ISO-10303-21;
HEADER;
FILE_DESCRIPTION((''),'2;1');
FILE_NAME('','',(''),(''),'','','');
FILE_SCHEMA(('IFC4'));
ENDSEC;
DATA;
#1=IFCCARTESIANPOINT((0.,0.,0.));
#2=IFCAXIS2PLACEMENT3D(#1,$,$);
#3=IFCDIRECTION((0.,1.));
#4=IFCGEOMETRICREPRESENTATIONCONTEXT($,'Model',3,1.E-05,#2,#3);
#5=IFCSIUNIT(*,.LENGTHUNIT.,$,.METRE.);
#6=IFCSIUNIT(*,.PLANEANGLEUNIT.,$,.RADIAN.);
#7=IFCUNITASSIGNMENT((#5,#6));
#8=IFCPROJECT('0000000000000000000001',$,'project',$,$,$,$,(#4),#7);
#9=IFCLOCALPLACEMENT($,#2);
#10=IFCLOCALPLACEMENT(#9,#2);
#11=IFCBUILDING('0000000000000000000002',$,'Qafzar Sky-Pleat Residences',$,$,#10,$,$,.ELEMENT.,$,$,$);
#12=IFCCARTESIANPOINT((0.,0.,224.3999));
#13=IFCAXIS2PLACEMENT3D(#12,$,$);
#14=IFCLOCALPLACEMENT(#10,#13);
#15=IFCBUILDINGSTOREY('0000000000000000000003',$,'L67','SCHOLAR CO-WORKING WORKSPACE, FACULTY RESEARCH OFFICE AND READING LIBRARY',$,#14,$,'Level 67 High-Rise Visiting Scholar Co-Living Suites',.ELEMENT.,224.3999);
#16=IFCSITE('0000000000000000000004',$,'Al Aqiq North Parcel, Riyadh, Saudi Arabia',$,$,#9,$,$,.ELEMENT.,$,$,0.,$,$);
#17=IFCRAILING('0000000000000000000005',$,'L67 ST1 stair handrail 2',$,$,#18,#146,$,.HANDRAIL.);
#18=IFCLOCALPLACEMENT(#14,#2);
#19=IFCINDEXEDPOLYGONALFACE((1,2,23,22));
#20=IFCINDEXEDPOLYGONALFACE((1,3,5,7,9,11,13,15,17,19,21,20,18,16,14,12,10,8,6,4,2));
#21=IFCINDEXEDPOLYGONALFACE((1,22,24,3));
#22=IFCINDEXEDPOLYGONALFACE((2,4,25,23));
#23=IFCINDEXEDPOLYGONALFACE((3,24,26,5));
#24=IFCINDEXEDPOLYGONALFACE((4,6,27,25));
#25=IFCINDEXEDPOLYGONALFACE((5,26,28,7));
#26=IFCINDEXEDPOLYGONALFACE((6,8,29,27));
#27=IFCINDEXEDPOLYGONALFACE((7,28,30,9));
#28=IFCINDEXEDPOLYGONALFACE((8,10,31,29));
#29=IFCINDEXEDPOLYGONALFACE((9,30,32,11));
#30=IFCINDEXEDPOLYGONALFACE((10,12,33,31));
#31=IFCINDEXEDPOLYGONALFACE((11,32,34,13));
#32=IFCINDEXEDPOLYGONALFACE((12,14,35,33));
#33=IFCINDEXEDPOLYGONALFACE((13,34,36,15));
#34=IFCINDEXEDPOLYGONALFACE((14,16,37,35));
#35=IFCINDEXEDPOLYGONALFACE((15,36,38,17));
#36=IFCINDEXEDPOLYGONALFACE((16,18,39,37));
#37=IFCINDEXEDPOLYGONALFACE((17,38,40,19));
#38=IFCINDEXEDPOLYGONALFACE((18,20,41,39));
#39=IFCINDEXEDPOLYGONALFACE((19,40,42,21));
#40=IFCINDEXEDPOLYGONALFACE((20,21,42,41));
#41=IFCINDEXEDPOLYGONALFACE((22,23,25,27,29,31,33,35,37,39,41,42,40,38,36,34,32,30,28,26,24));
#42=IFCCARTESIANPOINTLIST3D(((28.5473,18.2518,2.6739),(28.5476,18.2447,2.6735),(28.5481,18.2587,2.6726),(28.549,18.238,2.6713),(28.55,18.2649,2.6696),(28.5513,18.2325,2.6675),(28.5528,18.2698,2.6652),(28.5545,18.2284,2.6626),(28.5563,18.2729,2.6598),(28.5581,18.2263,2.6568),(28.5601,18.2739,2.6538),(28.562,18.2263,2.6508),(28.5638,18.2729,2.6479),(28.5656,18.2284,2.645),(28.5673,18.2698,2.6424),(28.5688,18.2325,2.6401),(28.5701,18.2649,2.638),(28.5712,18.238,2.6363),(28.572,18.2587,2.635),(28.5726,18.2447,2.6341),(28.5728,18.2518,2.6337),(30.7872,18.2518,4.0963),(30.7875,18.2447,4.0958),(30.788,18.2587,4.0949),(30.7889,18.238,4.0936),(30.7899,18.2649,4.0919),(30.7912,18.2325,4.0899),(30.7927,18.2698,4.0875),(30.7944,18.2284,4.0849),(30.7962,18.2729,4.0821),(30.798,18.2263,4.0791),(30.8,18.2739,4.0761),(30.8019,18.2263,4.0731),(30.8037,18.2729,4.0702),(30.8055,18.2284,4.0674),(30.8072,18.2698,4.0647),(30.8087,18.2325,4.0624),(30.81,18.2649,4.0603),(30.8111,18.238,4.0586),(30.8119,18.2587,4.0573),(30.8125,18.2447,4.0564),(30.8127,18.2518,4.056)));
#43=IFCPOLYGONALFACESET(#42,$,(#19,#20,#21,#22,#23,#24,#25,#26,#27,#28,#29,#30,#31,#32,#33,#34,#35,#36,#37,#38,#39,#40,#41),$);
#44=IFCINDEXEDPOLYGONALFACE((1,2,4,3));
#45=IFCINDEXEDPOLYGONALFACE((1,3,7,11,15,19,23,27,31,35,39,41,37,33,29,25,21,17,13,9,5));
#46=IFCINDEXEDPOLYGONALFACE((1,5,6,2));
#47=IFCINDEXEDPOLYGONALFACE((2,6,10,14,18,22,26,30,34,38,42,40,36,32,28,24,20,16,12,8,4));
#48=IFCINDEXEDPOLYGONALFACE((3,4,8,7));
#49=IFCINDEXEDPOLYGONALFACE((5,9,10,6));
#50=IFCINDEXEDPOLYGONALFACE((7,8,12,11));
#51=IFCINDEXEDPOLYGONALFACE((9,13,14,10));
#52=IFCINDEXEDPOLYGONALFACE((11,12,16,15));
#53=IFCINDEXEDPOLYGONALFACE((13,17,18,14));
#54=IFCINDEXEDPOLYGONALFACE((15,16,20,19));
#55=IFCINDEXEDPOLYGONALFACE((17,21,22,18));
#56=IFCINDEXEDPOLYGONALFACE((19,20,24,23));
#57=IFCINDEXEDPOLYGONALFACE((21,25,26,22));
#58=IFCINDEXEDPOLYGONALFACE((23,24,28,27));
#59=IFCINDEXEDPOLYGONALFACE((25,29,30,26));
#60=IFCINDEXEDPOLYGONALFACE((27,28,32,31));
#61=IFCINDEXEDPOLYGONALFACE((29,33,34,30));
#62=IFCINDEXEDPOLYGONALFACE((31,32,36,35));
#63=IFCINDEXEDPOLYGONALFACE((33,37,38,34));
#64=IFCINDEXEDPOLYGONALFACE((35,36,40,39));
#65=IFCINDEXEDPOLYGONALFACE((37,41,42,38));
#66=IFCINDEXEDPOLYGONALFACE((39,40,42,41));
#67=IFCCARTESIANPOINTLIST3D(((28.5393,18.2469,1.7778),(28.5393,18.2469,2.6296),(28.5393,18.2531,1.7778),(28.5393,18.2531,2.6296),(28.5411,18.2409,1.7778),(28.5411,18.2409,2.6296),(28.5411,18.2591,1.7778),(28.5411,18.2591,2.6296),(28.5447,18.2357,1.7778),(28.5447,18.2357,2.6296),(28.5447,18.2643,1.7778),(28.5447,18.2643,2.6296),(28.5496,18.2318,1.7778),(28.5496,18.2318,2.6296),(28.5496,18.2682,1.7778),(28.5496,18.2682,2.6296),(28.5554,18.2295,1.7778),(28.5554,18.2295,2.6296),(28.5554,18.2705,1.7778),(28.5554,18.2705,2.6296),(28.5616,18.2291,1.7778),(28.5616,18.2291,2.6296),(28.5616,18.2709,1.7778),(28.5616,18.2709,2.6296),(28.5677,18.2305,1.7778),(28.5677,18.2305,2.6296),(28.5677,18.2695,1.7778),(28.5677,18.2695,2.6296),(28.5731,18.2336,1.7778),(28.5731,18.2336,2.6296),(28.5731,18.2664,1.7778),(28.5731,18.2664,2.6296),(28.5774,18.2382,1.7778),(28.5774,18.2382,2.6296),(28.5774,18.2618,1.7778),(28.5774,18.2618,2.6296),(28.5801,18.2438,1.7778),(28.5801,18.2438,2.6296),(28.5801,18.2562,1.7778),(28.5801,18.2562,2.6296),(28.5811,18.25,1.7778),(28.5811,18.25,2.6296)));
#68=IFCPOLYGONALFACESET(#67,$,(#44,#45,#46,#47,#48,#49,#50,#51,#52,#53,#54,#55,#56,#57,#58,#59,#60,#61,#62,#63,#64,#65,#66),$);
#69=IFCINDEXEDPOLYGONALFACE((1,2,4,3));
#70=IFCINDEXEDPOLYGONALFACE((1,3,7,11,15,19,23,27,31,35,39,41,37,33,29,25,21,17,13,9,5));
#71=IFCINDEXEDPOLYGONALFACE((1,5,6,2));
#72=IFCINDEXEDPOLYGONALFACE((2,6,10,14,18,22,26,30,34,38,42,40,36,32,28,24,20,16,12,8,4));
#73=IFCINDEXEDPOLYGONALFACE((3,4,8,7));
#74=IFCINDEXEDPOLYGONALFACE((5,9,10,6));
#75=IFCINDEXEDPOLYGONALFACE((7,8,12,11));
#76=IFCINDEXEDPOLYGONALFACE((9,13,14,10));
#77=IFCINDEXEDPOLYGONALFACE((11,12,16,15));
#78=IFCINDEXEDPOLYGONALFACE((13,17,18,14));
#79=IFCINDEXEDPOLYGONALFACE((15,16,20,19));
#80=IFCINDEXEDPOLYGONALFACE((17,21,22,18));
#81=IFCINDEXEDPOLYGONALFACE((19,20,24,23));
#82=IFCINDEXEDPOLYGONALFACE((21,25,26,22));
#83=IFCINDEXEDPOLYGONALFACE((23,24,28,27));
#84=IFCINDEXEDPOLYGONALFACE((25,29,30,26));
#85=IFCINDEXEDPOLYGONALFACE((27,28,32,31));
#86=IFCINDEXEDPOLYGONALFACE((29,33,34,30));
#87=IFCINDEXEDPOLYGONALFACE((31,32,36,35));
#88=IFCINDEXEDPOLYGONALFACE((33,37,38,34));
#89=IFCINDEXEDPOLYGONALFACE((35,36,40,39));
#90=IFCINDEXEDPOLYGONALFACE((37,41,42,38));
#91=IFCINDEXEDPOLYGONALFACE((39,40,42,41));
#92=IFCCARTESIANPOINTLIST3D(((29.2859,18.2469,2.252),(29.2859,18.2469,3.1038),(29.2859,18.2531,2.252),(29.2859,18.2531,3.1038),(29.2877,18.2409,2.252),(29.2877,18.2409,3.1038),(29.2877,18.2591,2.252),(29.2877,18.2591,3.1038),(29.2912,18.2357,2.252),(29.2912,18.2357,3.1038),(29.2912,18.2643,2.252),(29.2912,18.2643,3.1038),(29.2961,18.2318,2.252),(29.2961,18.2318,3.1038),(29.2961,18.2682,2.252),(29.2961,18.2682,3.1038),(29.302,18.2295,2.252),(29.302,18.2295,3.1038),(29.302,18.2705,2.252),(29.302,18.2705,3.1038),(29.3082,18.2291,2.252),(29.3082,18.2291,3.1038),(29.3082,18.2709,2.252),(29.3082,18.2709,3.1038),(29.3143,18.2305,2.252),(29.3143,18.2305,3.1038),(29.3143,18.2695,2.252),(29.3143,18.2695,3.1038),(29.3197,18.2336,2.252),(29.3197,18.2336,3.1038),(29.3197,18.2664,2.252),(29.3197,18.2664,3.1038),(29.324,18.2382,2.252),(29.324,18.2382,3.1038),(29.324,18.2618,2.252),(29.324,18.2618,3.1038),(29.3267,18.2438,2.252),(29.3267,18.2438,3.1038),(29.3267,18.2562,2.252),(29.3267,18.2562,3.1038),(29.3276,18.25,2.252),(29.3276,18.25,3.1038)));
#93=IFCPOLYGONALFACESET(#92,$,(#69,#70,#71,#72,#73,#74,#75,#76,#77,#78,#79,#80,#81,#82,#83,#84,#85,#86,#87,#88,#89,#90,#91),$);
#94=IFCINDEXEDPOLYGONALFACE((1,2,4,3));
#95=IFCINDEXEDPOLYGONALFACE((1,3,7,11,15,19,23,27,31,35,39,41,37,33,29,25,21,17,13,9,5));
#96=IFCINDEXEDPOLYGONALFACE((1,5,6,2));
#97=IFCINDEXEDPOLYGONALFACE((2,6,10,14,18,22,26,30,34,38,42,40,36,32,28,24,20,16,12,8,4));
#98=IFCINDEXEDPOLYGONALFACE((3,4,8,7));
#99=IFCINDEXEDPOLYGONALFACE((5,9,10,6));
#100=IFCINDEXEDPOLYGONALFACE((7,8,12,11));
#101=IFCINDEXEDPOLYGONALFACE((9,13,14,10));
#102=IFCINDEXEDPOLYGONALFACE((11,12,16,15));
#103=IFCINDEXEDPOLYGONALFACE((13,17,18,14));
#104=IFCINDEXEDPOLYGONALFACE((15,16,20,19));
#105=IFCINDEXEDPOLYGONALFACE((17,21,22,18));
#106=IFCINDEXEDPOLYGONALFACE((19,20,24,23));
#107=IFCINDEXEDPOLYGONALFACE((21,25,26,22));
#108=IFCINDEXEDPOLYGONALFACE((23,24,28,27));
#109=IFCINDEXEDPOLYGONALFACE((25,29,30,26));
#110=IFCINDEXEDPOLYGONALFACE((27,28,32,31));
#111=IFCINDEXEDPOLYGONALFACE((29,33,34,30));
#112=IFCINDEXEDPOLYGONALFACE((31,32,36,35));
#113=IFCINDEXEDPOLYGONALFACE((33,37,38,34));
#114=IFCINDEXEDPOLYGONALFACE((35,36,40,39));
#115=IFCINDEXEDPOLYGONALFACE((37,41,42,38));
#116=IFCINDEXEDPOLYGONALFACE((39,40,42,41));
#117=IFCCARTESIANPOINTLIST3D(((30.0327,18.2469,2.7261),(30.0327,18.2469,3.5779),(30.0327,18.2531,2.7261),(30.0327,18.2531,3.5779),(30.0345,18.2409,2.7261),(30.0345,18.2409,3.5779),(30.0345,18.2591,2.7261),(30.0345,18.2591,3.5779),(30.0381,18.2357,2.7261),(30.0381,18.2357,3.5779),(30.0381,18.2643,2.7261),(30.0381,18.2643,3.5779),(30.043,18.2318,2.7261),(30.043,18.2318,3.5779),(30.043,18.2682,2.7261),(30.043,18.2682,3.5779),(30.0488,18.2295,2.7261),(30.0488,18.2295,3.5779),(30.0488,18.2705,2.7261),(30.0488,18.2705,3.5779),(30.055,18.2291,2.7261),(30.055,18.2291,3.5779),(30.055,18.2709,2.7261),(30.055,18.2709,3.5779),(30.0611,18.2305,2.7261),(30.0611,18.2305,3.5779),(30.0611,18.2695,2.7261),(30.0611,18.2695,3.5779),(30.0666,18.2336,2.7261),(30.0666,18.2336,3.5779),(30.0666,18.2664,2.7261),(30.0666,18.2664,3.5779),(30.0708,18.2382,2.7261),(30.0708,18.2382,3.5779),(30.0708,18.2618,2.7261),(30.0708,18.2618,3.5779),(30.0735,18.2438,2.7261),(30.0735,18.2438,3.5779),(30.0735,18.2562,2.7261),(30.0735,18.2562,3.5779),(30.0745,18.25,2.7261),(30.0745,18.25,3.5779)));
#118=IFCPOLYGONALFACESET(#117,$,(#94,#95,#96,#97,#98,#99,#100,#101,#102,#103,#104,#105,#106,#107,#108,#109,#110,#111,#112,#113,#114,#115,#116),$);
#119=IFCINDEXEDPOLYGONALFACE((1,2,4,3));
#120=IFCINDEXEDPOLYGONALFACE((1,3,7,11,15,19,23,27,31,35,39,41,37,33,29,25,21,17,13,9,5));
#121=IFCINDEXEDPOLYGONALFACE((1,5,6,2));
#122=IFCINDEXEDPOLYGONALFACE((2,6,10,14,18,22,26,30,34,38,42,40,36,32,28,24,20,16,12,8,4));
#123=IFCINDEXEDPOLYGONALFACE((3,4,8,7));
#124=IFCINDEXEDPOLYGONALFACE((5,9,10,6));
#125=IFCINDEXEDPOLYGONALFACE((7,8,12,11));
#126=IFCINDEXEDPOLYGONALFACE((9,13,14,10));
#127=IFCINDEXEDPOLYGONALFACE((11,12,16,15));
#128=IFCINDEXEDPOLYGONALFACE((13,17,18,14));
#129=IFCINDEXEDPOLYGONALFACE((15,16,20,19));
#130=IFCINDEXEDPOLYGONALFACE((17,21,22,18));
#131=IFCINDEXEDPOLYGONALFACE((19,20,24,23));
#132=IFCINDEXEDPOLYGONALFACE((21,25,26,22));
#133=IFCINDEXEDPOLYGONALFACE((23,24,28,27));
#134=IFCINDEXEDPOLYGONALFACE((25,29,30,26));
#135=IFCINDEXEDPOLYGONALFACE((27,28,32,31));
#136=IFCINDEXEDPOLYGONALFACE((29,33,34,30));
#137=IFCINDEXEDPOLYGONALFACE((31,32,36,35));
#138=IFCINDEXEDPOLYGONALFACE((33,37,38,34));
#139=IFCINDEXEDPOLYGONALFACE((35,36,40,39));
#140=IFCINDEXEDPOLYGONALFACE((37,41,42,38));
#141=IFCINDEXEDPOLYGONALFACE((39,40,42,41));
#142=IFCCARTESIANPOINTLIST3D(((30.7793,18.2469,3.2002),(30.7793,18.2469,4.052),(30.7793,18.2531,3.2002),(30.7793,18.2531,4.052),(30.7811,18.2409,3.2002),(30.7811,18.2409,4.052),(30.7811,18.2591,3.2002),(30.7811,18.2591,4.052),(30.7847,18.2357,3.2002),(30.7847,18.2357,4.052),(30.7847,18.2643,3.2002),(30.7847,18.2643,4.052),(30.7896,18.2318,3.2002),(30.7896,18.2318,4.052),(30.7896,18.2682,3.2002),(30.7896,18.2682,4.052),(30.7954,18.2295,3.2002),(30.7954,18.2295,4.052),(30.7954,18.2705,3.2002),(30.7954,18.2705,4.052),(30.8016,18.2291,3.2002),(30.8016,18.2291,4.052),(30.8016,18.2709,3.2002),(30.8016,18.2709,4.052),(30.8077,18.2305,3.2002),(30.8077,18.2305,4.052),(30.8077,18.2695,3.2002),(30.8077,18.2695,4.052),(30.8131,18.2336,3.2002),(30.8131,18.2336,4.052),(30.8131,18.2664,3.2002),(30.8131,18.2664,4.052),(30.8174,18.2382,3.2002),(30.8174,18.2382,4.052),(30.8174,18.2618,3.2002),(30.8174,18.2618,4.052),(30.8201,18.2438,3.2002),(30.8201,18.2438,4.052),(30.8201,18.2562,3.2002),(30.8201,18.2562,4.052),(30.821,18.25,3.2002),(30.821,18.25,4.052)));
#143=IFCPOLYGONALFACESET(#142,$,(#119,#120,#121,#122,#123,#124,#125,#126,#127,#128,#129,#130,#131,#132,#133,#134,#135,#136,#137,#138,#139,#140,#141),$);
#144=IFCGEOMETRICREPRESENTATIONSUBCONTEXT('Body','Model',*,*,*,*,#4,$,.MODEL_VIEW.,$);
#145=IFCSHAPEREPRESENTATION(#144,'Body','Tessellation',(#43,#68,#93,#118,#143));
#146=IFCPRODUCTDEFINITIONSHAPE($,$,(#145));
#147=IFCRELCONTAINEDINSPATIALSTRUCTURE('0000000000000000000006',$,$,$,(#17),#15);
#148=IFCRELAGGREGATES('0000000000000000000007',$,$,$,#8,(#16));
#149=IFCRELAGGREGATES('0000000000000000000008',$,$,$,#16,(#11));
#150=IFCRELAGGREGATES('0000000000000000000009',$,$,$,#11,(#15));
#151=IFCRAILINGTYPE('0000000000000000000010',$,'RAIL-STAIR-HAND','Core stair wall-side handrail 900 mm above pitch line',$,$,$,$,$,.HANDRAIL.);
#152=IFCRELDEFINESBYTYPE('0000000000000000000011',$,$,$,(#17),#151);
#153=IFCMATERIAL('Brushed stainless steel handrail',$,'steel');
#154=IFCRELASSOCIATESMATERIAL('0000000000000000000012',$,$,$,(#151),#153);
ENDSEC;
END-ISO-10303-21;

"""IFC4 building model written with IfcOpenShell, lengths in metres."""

from ifc_helpers import new_model, si_unit, direction, frame, origin, origin_2d, place, context, subcontext, project, spatial, circle, extrude, source, transform, mapped, material, type_object, element, save


model = new_model("IFC4")

# Units and contexts
model_context = context("Model", 3, precision=1e-05, world=origin(), true_north=direction((0.0, 1.0)))
body_context = subcontext(model_context, "Body", "Model", "MODEL_VIEW")
ifc_project = project(units=[si_unit("LENGTHUNIT", "METRE"), si_unit("PLANEANGLEUNIT", "RADIAN")], contexts=[model_context])

# Site, building, storey
site_placement = place(None, origin())
site = spatial("IfcSite", under=ifc_project, at=site_placement, Name="Al Aqiq North Parcel, Riyadh, Saudi Arabia", CompositionType="ELEMENT", RefElevation=0.0)
building_placement = place(site_placement, origin())
building = spatial("IfcBuilding", under=site, at=building_placement, Name="Qafzar Sky-Pleat Residences", CompositionType="ELEMENT")
storey_placement = place(building_placement, frame((0.0, 0.0, 224.3999)))
storey = spatial("IfcBuildingStorey", under=building, at=storey_placement, Name="L67", Description="SCHOLAR CO-WORKING WORKSPACE, FACULTY RESEARCH OFFICE AND READING LIBRARY", LongName="Level 67 High-Rise Visiting Scholar Co-Living Suites", CompositionType="ELEMENT", Elevation=224.3999)

# Railing
ifc_material_1 = material(Name="Brushed stainless steel handrail", Category="steel")
railing_type = type_object("IfcRailingType", Name="RAIL-STAIR-HAND", Description="Core stair wall-side handrail 900 mm above pitch line", PredefinedType="HANDRAIL", material=ifc_material_1)
shared_shape_1 = source(origin(), body_context, "Body", "SweptSolid", [
    extrude(circle(Radius=0.0239, at=origin_2d()), frame((0.0, 0.0, 0.876), z_axis=(0.844188, 0.0, 0.536048), x_axis=(0.0, 1.0, 0.0)), (0.0, 0.0, 1.0), 2.6533),
    extrude(circle(Radius=0.021, at=origin_2d()), origin(), (0.0, 0.0, 1.0), 0.8518),
    extrude(circle(Radius=0.021, at=origin_2d()), frame((0.7466, 0.0, 0.4741)), (0.0, 0.0, 1.0), 0.8518),
    extrude(circle(Radius=0.021, at=origin_2d()), frame((1.4934, 0.0, 0.9482)), (0.0, 0.0, 1.0), 0.8518),
    extrude(circle(Radius=0.021, at=origin_2d()), frame((2.24, 0.0, 1.4224)), (0.0, 0.0, 1.0), 0.8518),
])
railing_placement = place(storey_placement, frame((28.5601, 18.25, 1.7778)))
element("IfcRailing", 1, at=railing_placement, inside=storey, type_object=railing_type, Name="L67 ST1 stair handrail 2", PredefinedType="HANDRAIL", context=body_context, shape_type="MappedRepresentation", body=[
    mapped(shared_shape_1, transform((0.0, 0.0, 0.0), x_axis=(1.0, 0.0, 0.0), y_axis=(0.0, 1.0, 0.0), z_axis=(0.0, 0.0, 1.0), scale=1.0)),
])

save(model, "model.ifc")
